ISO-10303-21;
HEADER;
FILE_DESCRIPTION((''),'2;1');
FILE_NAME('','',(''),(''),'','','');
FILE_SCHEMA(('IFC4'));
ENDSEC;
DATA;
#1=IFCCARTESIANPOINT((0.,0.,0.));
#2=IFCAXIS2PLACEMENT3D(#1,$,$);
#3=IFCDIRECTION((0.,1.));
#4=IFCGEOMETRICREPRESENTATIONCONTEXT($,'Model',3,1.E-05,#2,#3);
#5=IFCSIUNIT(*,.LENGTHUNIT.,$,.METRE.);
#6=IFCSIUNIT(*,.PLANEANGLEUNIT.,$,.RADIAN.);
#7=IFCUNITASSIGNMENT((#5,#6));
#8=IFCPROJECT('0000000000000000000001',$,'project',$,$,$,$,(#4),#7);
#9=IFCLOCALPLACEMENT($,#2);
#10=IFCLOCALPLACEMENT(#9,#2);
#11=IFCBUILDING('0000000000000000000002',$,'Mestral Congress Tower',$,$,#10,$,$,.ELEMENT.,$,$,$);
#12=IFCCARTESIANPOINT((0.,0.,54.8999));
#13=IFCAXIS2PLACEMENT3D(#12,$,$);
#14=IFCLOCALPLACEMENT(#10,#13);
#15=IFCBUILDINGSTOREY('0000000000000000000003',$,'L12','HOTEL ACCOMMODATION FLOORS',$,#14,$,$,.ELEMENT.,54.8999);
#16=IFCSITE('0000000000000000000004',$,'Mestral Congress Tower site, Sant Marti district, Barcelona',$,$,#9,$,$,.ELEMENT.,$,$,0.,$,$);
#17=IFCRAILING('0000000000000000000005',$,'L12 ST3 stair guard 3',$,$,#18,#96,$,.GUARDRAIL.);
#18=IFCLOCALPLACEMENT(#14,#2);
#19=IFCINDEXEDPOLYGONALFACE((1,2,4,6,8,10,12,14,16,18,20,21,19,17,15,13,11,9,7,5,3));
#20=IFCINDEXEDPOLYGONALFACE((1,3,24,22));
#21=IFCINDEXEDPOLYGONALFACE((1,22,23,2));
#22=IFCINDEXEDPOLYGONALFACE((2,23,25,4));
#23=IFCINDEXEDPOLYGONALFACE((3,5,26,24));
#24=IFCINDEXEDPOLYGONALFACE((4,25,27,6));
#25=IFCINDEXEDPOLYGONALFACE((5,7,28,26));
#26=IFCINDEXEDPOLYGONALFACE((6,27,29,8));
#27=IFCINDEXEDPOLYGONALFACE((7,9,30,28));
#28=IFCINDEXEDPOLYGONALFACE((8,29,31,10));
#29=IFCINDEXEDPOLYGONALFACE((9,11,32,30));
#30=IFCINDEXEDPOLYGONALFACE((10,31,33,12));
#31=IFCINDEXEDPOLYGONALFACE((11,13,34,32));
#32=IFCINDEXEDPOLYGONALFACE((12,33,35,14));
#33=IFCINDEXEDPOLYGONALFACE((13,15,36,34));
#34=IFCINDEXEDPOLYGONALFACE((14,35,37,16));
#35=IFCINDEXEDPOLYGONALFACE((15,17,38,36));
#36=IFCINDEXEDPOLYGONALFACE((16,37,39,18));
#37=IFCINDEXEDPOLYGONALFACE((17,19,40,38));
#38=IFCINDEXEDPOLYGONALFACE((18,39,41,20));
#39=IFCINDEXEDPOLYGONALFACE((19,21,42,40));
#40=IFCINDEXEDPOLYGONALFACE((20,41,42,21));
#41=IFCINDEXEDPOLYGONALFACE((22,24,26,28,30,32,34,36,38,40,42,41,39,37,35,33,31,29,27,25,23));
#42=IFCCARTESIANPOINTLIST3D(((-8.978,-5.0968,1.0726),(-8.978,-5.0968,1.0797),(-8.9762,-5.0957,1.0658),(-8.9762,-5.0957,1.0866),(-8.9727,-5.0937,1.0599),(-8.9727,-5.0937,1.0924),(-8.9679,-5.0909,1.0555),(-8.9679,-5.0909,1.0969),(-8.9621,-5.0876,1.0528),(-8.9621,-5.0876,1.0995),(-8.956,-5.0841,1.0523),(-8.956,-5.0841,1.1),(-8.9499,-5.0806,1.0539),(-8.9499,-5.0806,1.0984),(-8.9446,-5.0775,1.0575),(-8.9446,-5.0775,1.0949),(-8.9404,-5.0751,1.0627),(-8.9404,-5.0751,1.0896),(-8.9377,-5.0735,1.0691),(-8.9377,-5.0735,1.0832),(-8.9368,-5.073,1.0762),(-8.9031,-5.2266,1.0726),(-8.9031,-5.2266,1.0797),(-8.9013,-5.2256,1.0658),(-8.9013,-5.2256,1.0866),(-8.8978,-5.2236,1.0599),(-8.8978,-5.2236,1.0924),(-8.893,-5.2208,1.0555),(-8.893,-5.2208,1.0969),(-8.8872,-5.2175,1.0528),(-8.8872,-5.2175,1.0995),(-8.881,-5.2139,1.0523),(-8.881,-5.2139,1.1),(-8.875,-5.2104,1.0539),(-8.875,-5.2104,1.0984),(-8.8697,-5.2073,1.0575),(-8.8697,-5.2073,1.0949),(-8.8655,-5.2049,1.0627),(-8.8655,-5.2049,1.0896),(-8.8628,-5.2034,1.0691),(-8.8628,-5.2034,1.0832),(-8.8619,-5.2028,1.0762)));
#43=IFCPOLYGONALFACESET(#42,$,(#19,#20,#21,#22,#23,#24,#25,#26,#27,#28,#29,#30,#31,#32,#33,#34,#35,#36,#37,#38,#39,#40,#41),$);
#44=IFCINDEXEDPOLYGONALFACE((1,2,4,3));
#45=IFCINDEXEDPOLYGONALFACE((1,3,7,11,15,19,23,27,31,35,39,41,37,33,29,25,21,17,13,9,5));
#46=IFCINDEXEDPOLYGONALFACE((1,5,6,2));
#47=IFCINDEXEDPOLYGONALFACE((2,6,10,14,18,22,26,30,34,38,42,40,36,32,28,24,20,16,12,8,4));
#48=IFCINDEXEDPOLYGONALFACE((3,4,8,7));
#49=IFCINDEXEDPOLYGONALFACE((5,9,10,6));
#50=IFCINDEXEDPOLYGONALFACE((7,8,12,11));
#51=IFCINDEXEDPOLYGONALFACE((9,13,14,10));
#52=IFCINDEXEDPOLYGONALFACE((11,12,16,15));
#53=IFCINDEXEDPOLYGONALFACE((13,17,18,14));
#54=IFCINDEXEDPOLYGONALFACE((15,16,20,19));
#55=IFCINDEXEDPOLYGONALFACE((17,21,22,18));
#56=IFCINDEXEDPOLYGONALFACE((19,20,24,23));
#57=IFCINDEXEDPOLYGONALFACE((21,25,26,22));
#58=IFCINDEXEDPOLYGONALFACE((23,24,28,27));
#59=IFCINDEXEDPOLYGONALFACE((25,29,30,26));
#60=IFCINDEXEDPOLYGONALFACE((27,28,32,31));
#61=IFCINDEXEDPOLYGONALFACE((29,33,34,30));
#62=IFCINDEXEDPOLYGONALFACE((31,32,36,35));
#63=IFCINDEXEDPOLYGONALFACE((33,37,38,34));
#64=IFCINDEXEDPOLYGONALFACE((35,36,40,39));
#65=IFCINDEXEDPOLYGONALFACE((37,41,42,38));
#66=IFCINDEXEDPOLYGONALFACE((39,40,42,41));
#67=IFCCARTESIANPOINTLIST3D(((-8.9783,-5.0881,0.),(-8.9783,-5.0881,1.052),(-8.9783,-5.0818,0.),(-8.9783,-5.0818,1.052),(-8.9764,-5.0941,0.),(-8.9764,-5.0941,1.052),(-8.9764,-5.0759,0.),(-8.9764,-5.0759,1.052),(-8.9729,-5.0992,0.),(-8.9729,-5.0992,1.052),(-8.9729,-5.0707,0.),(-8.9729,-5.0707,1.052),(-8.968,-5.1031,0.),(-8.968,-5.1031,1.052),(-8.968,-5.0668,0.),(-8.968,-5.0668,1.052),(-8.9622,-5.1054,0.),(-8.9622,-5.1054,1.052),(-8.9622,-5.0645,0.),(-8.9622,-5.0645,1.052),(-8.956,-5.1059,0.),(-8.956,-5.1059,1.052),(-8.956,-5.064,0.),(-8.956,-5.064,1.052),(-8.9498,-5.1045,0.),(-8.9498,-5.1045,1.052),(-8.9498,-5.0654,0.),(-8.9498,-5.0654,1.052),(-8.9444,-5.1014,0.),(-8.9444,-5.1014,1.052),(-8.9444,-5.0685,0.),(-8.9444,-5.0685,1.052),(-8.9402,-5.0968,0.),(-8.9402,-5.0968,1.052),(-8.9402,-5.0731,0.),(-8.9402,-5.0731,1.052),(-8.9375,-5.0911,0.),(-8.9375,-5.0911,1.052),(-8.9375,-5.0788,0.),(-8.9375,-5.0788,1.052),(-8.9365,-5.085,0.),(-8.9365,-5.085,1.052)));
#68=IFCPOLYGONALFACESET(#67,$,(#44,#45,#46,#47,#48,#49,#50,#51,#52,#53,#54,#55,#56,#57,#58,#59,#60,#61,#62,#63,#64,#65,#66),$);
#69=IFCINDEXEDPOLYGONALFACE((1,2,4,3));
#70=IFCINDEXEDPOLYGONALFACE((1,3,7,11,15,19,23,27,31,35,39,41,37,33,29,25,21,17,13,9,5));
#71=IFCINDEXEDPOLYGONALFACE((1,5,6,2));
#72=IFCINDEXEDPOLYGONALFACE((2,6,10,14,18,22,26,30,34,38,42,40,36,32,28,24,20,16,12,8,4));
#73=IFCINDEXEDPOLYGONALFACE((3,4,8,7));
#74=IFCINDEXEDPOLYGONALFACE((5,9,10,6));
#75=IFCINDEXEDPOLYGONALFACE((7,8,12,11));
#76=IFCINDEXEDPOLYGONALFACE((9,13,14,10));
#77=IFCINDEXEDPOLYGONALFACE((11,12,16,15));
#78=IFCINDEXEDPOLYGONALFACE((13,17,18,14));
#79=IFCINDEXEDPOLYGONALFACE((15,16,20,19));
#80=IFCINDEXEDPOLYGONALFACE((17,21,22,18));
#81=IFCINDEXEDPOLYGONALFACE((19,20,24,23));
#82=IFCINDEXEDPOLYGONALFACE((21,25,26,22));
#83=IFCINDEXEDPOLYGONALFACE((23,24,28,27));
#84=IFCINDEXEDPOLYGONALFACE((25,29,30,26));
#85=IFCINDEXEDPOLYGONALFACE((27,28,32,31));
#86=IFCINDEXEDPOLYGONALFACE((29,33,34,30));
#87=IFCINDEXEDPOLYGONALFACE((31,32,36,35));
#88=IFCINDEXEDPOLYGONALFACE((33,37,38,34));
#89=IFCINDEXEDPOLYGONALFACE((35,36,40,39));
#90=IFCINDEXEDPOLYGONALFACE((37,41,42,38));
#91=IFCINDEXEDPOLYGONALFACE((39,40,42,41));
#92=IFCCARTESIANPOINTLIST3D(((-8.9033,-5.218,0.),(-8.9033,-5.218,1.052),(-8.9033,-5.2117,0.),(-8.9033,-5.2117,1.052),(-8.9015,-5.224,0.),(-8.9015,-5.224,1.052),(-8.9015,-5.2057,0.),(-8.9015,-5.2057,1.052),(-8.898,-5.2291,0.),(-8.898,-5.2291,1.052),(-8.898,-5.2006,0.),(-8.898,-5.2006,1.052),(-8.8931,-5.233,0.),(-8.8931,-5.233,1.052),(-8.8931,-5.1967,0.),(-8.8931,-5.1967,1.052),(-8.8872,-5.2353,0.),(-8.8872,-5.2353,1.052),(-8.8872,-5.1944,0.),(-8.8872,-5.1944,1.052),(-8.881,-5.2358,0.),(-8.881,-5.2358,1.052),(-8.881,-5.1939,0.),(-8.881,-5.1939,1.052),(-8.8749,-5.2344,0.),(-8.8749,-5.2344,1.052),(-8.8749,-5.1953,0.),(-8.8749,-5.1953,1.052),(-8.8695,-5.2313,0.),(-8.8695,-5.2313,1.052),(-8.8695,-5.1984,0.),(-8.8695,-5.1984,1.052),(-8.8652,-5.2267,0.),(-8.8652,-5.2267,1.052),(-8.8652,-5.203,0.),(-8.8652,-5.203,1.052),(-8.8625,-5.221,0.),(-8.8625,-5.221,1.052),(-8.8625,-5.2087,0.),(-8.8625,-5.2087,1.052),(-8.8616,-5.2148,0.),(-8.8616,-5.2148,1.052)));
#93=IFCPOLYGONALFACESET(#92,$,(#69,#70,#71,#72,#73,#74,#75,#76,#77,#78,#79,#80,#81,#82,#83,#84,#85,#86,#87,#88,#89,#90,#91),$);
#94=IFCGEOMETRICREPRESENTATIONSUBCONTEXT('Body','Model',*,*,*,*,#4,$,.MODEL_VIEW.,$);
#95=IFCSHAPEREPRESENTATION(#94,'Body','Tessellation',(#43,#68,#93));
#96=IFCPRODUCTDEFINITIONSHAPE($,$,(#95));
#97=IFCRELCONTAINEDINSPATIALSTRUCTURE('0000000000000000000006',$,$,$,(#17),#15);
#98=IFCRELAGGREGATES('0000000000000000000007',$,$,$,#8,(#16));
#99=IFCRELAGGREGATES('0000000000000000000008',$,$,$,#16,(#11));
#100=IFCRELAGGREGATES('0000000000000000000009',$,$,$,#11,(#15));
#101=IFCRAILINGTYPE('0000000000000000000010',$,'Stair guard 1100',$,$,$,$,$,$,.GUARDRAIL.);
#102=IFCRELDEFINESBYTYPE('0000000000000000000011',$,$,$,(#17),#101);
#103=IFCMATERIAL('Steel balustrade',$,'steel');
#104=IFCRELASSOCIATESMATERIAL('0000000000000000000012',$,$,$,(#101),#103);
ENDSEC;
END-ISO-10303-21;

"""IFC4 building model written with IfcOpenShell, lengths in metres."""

from ifc_helpers import new_model, si_unit, direction, frame, origin, origin_2d, place, context, subcontext, project, spatial, circle, extrude, material, type_object, element, save


model = new_model("IFC4")

# Units and contexts
model_context = context("Model", 3, precision=1e-05, world=origin(), true_north=direction((0.0, 1.0)))
body_context = subcontext(model_context, "Body", "Model", "MODEL_VIEW")
ifc_project = project(units=[si_unit("LENGTHUNIT", "METRE"), si_unit("PLANEANGLEUNIT", "RADIAN")], contexts=[model_context])

# Site, building, storey
site_placement = place(None, origin())
site = spatial("IfcSite", under=ifc_project, at=site_placement, Name="Mestral Congress Tower site, Sant Marti district, Barcelona", CompositionType="ELEMENT", RefElevation=0.0)
building_placement = place(site_placement, origin())
building = spatial("IfcBuilding", under=site, at=building_placement, Name="Mestral Congress Tower", CompositionType="ELEMENT")
storey_placement = place(building_placement, frame((0.0, 0.0, 54.8999)))
storey = spatial("IfcBuildingStorey", under=building, at=storey_placement, Name="L12", Description="HOTEL ACCOMMODATION FLOORS", CompositionType="ELEMENT", Elevation=54.8999)

# Railing
ifc_material_1 = material(Name="Steel balustrade", Category="steel")
railing_type_1 = type_object("IfcRailingType", Name="Stair guard 1100", PredefinedType="GUARDRAIL", material=ifc_material_1)
railing_1_placement = place(storey_placement, frame((-8.9575, -5.085, 0.0)))
element("IfcRailing", 1, at=railing_1_placement, inside=storey, type_object=railing_type_1, Name="L12 ST3 stair guard 3", PredefinedType="GUARDRAIL", context=body_context, shape_type="SweptSolid", body=[
    extrude(circle(Radius=0.0239, at=origin_2d()), frame((0.0, 0.0, 1.0762), z_axis=(0.499816, -0.866131, 0.0), x_axis=(0.866131, 0.499816, 0.0)), (0.0, 0.0, 1.0), 0.1499),
    extrude(circle(Radius=0.021, at=origin_2d()), origin(), (0.0, 0.0, 1.0), 1.052),
    extrude(circle(Radius=0.021, at=origin_2d()), frame((0.075, -0.1299, 0.0)), (0.0, 0.0, 1.0), 1.052),
])

save(model, "model.ifc")
